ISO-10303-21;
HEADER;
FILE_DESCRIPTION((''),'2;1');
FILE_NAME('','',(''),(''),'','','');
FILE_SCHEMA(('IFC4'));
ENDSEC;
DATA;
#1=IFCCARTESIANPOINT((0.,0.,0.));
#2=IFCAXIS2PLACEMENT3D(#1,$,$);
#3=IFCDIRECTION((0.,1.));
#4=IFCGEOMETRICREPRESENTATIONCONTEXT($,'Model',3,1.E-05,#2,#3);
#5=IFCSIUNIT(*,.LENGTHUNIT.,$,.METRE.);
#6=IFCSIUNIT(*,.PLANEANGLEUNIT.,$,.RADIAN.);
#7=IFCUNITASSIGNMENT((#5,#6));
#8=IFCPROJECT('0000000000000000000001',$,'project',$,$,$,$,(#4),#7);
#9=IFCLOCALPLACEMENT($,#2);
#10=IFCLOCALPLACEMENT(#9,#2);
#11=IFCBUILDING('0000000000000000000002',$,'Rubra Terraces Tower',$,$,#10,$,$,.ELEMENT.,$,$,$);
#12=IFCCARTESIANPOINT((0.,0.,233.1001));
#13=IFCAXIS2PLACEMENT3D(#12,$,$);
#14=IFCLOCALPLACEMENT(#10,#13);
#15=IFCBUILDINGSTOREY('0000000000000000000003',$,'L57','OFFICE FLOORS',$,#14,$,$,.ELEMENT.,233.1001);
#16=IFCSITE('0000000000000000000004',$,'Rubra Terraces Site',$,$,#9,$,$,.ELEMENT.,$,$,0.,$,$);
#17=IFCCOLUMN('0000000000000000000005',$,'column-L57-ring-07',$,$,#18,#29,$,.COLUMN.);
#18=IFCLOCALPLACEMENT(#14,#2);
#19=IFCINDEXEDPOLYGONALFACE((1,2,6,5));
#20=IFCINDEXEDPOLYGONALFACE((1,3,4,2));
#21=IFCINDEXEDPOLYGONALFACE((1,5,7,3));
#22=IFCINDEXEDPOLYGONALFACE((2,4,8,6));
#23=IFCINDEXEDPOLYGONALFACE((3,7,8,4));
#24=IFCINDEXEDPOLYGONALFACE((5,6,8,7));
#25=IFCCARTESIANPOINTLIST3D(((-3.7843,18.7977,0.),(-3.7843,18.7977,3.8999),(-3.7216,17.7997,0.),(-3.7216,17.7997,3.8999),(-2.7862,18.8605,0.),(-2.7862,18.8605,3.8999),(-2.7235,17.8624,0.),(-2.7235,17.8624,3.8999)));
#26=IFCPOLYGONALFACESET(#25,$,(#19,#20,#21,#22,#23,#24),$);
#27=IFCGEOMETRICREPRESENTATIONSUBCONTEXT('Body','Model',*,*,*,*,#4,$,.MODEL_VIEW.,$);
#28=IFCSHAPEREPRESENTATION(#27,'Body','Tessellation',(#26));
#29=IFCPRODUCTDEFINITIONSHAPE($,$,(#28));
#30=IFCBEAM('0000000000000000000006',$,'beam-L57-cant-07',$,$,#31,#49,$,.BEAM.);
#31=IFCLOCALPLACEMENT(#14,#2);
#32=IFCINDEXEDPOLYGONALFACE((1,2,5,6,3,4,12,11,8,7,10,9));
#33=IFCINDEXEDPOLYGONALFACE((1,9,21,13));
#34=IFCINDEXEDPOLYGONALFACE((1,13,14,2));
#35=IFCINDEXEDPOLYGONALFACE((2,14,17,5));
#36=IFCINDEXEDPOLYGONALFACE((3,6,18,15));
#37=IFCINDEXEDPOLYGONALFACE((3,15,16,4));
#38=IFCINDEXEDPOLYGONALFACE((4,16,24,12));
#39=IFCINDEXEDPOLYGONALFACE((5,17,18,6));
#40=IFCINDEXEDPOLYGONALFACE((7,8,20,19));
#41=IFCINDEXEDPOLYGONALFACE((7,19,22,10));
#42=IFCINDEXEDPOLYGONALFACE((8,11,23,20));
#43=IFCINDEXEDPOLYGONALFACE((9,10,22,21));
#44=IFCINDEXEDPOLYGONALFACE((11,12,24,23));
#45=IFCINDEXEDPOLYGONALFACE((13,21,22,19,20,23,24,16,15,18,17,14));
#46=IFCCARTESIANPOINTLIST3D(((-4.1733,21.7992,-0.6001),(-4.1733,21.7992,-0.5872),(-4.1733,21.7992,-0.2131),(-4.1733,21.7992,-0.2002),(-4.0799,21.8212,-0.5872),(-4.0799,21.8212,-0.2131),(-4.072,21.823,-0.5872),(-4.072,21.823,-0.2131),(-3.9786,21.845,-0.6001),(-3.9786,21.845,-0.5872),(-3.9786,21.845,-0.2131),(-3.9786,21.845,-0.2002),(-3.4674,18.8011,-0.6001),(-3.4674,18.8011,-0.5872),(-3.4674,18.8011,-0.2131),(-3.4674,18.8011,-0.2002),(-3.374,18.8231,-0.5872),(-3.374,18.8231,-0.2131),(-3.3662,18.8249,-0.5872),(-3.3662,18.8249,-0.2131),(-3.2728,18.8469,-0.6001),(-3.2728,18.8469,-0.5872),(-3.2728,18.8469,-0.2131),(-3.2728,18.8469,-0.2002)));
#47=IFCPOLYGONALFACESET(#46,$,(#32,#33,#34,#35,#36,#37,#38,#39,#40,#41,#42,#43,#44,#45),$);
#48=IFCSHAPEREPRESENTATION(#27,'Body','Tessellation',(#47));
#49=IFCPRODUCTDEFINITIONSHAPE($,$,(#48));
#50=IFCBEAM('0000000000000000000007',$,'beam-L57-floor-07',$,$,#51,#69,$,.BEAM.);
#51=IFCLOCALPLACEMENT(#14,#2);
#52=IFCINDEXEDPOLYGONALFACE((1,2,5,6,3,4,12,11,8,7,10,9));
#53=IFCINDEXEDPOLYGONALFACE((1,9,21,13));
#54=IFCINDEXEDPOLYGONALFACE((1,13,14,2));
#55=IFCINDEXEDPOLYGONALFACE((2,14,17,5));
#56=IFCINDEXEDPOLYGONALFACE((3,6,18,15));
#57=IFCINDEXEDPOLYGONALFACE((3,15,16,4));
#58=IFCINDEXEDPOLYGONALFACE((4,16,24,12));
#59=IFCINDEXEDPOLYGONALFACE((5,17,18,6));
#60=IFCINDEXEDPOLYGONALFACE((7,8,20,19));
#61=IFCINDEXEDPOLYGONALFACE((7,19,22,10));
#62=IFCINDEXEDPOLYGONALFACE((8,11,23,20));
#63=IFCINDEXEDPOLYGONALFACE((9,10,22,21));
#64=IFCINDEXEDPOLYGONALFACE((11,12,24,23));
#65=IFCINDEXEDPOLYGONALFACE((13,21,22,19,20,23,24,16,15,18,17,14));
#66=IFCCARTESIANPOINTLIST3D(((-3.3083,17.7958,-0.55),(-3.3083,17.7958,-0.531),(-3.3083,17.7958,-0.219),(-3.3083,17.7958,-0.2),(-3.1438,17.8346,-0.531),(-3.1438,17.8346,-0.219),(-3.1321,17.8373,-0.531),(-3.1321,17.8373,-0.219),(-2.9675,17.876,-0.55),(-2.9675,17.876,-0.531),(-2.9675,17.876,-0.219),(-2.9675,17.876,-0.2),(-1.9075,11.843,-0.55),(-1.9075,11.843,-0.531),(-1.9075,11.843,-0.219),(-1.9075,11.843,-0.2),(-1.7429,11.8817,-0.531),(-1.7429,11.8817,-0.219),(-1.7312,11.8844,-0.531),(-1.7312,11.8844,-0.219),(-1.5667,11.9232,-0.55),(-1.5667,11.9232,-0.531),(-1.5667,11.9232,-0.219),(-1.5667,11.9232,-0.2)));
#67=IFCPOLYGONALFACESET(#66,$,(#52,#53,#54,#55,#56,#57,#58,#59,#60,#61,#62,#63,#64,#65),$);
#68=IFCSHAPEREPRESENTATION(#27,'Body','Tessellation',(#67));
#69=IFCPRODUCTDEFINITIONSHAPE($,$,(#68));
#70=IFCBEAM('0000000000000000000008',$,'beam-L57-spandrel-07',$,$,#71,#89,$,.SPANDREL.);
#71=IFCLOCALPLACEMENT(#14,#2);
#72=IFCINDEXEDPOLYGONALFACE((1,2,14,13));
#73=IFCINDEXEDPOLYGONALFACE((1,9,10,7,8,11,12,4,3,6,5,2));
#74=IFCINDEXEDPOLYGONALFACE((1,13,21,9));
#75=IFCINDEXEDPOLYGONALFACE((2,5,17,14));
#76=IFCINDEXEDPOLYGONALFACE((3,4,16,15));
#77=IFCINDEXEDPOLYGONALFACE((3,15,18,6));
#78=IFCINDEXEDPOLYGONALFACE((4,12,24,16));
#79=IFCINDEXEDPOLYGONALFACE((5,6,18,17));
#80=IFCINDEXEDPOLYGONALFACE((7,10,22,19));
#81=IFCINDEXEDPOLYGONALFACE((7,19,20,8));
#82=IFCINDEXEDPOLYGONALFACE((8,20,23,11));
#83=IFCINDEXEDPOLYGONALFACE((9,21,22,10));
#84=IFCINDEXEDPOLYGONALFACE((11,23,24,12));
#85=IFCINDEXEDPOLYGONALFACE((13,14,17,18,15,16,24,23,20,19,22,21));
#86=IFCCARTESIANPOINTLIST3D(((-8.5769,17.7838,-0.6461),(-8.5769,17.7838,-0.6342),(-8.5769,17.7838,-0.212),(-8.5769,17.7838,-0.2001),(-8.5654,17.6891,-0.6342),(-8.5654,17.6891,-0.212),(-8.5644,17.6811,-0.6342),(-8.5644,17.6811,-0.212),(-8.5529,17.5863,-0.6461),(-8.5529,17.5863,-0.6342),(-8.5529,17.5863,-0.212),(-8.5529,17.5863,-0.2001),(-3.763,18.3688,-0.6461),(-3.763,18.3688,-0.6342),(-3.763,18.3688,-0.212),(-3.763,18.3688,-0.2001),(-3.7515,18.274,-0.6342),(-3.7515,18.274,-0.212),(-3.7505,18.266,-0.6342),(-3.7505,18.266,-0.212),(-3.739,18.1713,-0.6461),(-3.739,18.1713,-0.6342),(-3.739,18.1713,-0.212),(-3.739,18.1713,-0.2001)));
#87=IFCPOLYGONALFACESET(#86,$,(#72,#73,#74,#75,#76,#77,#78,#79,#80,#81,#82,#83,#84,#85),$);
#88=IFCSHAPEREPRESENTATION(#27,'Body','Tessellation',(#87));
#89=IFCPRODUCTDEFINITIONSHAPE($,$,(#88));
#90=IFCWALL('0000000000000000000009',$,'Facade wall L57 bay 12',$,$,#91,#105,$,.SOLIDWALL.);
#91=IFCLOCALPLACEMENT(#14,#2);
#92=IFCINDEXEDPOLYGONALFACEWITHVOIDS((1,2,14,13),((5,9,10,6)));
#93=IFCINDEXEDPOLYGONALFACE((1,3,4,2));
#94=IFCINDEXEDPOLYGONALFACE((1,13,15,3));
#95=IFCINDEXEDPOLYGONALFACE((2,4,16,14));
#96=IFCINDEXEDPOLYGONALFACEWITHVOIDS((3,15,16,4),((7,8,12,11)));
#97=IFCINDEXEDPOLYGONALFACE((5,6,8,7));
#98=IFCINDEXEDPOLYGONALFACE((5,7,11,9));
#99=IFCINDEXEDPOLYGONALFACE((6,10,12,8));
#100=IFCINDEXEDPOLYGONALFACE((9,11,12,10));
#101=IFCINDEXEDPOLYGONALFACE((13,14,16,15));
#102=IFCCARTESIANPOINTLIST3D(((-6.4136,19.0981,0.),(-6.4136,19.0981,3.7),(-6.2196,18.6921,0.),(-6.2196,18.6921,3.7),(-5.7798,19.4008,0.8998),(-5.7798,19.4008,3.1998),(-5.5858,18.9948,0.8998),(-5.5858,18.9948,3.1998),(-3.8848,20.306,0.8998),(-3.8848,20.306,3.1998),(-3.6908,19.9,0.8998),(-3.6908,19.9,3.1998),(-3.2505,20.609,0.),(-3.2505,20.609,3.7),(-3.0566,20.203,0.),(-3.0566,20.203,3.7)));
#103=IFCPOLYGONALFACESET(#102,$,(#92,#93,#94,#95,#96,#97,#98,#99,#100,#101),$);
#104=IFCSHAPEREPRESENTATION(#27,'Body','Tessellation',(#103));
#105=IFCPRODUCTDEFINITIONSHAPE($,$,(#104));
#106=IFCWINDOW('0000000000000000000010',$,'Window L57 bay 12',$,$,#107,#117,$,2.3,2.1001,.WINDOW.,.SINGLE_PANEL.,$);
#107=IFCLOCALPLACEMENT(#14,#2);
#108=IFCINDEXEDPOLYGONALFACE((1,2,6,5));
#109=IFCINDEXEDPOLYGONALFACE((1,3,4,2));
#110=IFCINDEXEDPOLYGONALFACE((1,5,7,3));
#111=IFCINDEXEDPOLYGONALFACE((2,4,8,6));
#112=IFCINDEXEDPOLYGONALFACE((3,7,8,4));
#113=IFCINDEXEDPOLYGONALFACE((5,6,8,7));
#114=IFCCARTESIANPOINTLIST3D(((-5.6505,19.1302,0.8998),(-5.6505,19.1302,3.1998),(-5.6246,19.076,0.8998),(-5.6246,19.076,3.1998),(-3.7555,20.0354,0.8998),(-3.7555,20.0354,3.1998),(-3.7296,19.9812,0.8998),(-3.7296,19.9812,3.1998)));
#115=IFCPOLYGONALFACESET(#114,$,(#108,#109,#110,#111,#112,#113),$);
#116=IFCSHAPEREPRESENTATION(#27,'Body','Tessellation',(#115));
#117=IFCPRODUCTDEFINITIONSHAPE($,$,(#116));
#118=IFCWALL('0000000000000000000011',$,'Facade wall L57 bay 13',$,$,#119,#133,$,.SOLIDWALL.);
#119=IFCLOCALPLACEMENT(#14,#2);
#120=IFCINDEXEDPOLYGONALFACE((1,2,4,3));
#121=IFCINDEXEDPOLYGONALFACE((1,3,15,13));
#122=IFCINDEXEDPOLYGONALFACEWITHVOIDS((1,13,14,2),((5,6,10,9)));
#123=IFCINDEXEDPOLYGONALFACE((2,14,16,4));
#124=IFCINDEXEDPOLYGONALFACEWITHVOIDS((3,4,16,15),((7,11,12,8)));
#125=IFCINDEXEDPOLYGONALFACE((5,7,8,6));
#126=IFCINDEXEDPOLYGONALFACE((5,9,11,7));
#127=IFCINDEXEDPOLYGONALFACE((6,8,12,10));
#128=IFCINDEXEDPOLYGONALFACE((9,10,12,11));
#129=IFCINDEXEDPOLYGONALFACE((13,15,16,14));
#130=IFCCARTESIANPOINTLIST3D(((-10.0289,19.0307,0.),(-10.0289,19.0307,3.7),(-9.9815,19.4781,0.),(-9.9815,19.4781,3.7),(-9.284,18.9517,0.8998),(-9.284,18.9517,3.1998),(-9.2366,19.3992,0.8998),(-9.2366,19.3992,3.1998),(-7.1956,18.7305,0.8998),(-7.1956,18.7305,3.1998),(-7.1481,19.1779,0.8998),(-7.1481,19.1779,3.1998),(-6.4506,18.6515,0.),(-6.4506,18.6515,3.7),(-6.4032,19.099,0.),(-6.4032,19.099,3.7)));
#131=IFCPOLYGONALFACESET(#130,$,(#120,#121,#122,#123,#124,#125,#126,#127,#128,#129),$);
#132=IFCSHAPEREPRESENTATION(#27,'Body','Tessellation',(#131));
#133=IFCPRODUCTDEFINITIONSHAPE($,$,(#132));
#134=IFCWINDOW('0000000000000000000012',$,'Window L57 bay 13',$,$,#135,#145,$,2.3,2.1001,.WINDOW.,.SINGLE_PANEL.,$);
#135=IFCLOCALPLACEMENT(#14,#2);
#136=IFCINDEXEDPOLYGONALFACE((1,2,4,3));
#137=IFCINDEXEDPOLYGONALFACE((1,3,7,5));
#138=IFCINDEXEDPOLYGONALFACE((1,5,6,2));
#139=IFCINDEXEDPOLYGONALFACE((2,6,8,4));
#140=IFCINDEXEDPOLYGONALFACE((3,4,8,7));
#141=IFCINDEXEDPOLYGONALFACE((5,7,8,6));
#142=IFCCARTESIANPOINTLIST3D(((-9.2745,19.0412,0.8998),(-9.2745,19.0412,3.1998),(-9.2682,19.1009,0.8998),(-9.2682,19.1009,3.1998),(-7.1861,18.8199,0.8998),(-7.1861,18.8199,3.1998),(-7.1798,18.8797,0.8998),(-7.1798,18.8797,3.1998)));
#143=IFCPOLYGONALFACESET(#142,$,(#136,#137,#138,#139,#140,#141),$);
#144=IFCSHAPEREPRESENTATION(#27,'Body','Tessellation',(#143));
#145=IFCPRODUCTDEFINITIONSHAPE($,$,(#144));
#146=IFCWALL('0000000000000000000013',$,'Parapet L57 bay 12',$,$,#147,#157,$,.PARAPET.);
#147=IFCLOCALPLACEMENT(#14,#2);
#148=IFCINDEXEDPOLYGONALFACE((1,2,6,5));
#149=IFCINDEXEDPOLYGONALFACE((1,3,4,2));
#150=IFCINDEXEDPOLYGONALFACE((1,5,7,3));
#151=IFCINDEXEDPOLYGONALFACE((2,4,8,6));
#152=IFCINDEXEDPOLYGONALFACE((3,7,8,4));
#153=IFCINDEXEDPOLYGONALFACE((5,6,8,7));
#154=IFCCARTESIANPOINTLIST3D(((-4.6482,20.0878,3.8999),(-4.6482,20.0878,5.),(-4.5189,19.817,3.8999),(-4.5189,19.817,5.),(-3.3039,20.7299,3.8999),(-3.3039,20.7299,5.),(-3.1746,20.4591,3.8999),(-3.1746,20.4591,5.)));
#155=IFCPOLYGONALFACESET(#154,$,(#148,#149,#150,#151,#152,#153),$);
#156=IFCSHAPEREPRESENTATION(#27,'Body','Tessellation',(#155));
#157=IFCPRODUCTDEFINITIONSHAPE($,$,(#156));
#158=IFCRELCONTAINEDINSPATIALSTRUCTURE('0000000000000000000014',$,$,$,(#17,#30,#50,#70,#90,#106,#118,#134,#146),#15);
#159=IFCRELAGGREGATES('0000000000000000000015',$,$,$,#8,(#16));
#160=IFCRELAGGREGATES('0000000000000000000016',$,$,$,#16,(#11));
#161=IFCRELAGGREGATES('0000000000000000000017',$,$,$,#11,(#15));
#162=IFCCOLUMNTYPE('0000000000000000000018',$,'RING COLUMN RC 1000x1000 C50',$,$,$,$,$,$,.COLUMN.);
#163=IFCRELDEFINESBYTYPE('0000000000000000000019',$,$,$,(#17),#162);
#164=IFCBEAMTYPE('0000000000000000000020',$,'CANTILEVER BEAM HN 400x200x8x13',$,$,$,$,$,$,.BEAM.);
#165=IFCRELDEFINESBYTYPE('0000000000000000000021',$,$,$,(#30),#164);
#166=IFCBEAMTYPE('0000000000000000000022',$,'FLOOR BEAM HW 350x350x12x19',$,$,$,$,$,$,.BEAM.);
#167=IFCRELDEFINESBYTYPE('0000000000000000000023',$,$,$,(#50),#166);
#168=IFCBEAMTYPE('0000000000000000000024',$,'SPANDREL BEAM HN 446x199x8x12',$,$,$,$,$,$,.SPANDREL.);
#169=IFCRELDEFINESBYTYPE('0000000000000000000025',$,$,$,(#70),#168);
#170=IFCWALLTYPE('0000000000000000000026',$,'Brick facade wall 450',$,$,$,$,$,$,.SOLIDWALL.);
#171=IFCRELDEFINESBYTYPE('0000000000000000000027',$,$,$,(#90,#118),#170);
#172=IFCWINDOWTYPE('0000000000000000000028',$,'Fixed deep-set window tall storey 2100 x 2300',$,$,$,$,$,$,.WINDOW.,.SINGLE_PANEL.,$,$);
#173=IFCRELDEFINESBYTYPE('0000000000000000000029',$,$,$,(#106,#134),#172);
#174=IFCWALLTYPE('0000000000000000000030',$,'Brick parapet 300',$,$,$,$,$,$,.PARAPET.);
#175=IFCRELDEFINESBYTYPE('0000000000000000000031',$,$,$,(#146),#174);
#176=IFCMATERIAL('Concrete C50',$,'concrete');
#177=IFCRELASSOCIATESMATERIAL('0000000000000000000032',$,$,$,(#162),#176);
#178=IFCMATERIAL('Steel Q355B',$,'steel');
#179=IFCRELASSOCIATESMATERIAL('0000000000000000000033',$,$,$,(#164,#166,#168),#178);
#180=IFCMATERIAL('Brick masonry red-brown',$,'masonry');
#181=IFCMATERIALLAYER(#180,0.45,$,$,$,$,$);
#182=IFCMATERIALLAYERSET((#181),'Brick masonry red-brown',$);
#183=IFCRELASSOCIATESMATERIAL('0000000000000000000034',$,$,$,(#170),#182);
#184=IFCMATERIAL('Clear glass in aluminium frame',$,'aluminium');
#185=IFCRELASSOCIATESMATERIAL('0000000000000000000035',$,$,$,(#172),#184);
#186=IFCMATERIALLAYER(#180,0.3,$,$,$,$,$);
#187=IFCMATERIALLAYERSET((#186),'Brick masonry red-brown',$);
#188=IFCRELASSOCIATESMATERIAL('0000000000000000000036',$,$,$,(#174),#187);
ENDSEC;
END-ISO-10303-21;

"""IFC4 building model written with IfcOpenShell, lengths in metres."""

from ifc_helpers import new_model, si_unit, direction, frame, frame_2d, origin, origin_2d, place, context, subcontext, project, spatial, rectangle, i_section, extrude, material, layer, layer_set, material_profile, profile_set, type_object, element, fill, save


model = new_model("IFC4")

# Units and contexts
model_context = context("Model", 3, precision=1e-05, world=origin(), true_north=direction((0.0, 1.0)))
body_context = subcontext(model_context, "Body", "Model", "MODEL_VIEW")
ifc_project = project(units=[si_unit("LENGTHUNIT", "METRE"), si_unit("PLANEANGLEUNIT", "RADIAN")], contexts=[model_context])

# Site, building, storey
site_placement = place(None, origin())
site = spatial("IfcSite", under=ifc_project, at=site_placement, Name="Rubra Terraces Site", CompositionType="ELEMENT", RefElevation=0.0)
building_placement = place(site_placement, origin())
building = spatial("IfcBuilding", under=site, at=building_placement, Name="Rubra Terraces Tower", CompositionType="ELEMENT")
storey_placement = place(building_placement, frame((0.0, 0.0, 233.1001)))
storey = spatial("IfcBuildingStorey", under=building, at=storey_placement, Name="L57", Description="OFFICE FLOORS", CompositionType="ELEMENT", Elevation=233.1001)

# Column
ifc_material_1 = material(Name="Concrete C50", Category="concrete")
ifc_material_profile_1 = material_profile(ifc_material_1, rectangle(XDim=1.0, YDim=1.0, at=origin_2d()), Name="RC 1000x1000")
ifc_profile_set_1 = profile_set([ifc_material_profile_1], Name="Concrete C50")
column_type = type_object("IfcColumnType", Name="RING COLUMN RC 1000x1000 C50", PredefinedType="COLUMN", material=ifc_profile_set_1)
column_placement = place(storey_placement, frame((-3.2539, 18.3301, 0.0), z_axis=(0.0, 0.0, 1.0), x_axis=(-0.998032, -0.062714, 0.0)))
element("IfcColumn", 1, at=column_placement, inside=storey, type_object=column_type, Name="column-L57-ring-07", PredefinedType="COLUMN", context=body_context, shape_type="SweptSolid", body=[
    extrude(rectangle(XDim=1.0, YDim=1.0, at=origin_2d()), origin(), (0.0, 0.0, 1.0), 3.8999),
])

# Beams
ifc_material_2 = material(Name="Steel Q355B", Category="steel")
ifc_material_profile_2 = material_profile(ifc_material_2, i_section(OverallWidth=0.2, OverallDepth=0.3999, WebThickness=0.0081, FlangeThickness=0.0129, at=origin_2d()), Name="HN 400x200x8x13")
ifc_profile_set_2 = profile_set([ifc_material_profile_2], Name="Steel Q355B")
beam_type_1 = type_object("IfcBeamType", Name="CANTILEVER BEAM HN 400x200x8x13", PredefinedType="BEAM", material=ifc_profile_set_2)
beam_1_placement = place(storey_placement, frame((-3.3701, 18.824, -0.4001), z_axis=(-0.229159, 0.973389, 0.0), x_axis=(-0.973389, -0.229159, 0.0)))
element("IfcBeam", 2, at=beam_1_placement, inside=storey, type_object=beam_type_1, Name="beam-L57-cant-07", PredefinedType="BEAM", context=body_context, shape_type="SweptSolid", body=[
    extrude(i_section(OverallWidth=0.2, OverallDepth=0.3999, WebThickness=0.0081, FlangeThickness=0.0129, at=origin_2d()), origin(), (0.0, 0.0, 1.0), 3.0801),
])
ifc_material_profile_3 = material_profile(ifc_material_2, i_section(OverallWidth=0.3501, OverallDepth=0.3501, WebThickness=0.012, FlangeThickness=0.019, at=origin_2d()), Name="HW 350x350x12x19")
ifc_profile_set_3 = profile_set([ifc_material_profile_3], Name="Steel Q355B")
beam_type_2 = type_object("IfcBeamType", Name="FLOOR BEAM HW 350x350x12x19", PredefinedType="BEAM", material=ifc_profile_set_3)
beam_2_placement = place(storey_placement, frame((-3.1379, 17.8359, -0.375), z_axis=(0.22907, -0.97341, 0.0), x_axis=(0.97341, 0.22907, 0.0)))
element("IfcBeam", 3, at=beam_2_placement, inside=storey, type_object=beam_type_2, Name="beam-L57-floor-07", PredefinedType="BEAM", context=body_context, shape_type="SweptSolid", body=[
    extrude(i_section(OverallWidth=0.3501, OverallDepth=0.3501, WebThickness=0.012, FlangeThickness=0.019, at=origin_2d()), origin(), (0.0, 0.0, 1.0), 6.1155),
])
ifc_material_profile_4 = material_profile(ifc_material_2, i_section(OverallWidth=0.199, OverallDepth=0.446, WebThickness=0.0081, FlangeThickness=0.012, at=origin_2d()), Name="HN 446x199x8x12")
ifc_profile_set_4 = profile_set([ifc_material_profile_4], Name="Steel Q355B")
beam_type_3 = type_object("IfcBeamType", Name="SPANDREL BEAM HN 446x199x8x12", PredefinedType="SPANDREL", material=ifc_profile_set_4)
beam_3_placement = place(storey_placement, frame((-3.751, 18.27, -0.4231), z_axis=(-0.992698, -0.120626, 0.0), x_axis=(0.120626, -0.992698, 0.0)))
element("IfcBeam", 4, at=beam_3_placement, inside=storey, type_object=beam_type_3, Name="beam-L57-spandrel-07", PredefinedType="SPANDREL", context=body_context, shape_type="SweptSolid", body=[
    extrude(i_section(OverallWidth=0.199, OverallDepth=0.446, WebThickness=0.0081, FlangeThickness=0.012, at=origin_2d()), origin(), (0.0, 0.0, 1.0), 4.8494),
])

# Walls, openings, windows
ifc_material_3 = material(Name="Brick masonry red-brown", Category="masonry")
ifc_layer_1 = layer(ifc_material_3, 0.45)
ifc_layer_set_1 = layer_set([ifc_layer_1], Name="Brick masonry red-brown")
wall_type_1 = type_object("IfcWallType", Name="Brick facade wall 450", PredefinedType="SOLIDWALL", material=ifc_layer_set_1)
wall_1_placement = place(storey_placement, frame((-3.1536, 20.406, 0.0), z_axis=(0.0, 0.0, 1.0), x_axis=(-0.902333, -0.431039, 0.0)))
wall_1 = element("IfcWall", 5, at=wall_1_placement, inside=storey, type_object=wall_type_1, Name="Facade wall L57 bay 12", PredefinedType="SOLIDWALL", context=body_context, shape_type="SweptSolid", body=[
    extrude(rectangle(XDim=3.5054, YDim=0.45, at=frame_2d((1.7527, 0.0))), origin(), (0.0, 0.0, 1.0), 3.7),
])
opening_1_placement = place(wall_1_placement, frame((0.7029, 0.0, 0.8999)))
opening_1 = element("IfcOpeningElement", 6, at=opening_1_placement, cuts=wall_1, PredefinedType="OPENING", context=body_context, shape_type="SweptSolid", body=[
    extrude(rectangle(XDim=2.1001, YDim=2.3, at=frame_2d((1.05, 1.1499))), frame((0.0, 0.2349, 0.0), z_axis=(0.0, -1.0, 0.0), x_axis=(1.0, 0.0, 0.0)), (0.0, 0.0, 1.0), 0.47),
])
ifc_material_4 = material(Name="Clear glass in aluminium frame", Category="aluminium")
window_type = type_object("IfcWindowType", Name="Fixed deep-set window tall storey 2100 x 2300", PartitioningType="SINGLE_PANEL", PredefinedType="WINDOW", material=ifc_material_4)
window_1_placement = place(opening_1_placement, origin())
window_1 = element("IfcWindow", 7, at=window_1_placement, inside=storey, type_object=window_type, Name="Window L57 bay 12", OverallHeight=2.3, OverallWidth=2.1001, PartitioningType="SINGLE_PANEL", PredefinedType="WINDOW", context=body_context, shape_type="SweptSolid", body=[
    extrude(rectangle(XDim=2.1001, YDim=2.3, at=frame_2d((1.05, 1.1499))), frame((0.0, 0.135, 0.0), z_axis=(0.0, -1.0, 0.0), x_axis=(1.0, 0.0, 0.0)), (0.0, 0.0, 1.0), 0.0601),
])
fill(opening_1, window_1)
wall_2_placement = place(storey_placement, frame((-6.4268, 18.8752, 0.0), z_axis=(0.0, 0.0, 1.0), x_axis=(-0.994433, 0.105366, 0.0)))
wall_2 = element("IfcWall", 8, at=wall_2_placement, inside=storey, type_object=wall_type_1, Name="Facade wall L57 bay 13", PredefinedType="SOLIDWALL", context=body_context, shape_type="SweptSolid", body=[
    extrude(rectangle(XDim=3.5984, YDim=0.45, at=frame_2d((1.7993, 0.0))), origin(), (0.0, 0.0, 1.0), 3.7),
])
opening_2_placement = place(wall_2_placement, frame((0.7493, 0.0, 0.8999)))
opening_2 = element("IfcOpeningElement", 9, at=opening_2_placement, cuts=wall_2, PredefinedType="OPENING", context=body_context, shape_type="SweptSolid", body=[
    extrude(rectangle(XDim=2.1001, YDim=2.3, at=frame_2d((1.05, 1.1499))), frame((0.0, 0.2349, 0.0), z_axis=(0.0, -1.0, 0.0), x_axis=(1.0, 0.0, 0.0)), (0.0, 0.0, 1.0), 0.47),
])
window_2_placement = place(opening_2_placement, origin())
window_2 = element("IfcWindow", 10, at=window_2_placement, inside=storey, type_object=window_type, Name="Window L57 bay 13", OverallHeight=2.3, OverallWidth=2.1001, PartitioningType="SINGLE_PANEL", PredefinedType="WINDOW", context=body_context, shape_type="SweptSolid", body=[
    extrude(rectangle(XDim=2.1001, YDim=2.3, at=frame_2d((1.05, 1.1499))), frame((0.0, 0.135, 0.0), z_axis=(0.0, -1.0, 0.0), x_axis=(1.0, 0.0, 0.0)), (0.0, 0.0, 1.0), 0.0601),
])
fill(opening_2, window_2)

# Wall
ifc_layer_2 = layer(ifc_material_3, 0.3)
ifc_layer_set_2 = layer_set([ifc_layer_2], Name="Brick masonry red-brown")
wall_type_2 = type_object("IfcWallType", Name="Brick parapet 300", PredefinedType="PARAPET", material=ifc_layer_set_2)
wall_3_placement = place(storey_placement, frame((-3.2393, 20.5945, 3.8999), z_axis=(0.0, 0.0, 1.0), x_axis=(-0.902345, -0.431015, 0.0)))
element("IfcWall", 11, at=wall_3_placement, inside=storey, type_object=wall_type_2, Name="Parapet L57 bay 12", PredefinedType="PARAPET", context=body_context, shape_type="SweptSolid", body=[
    extrude(rectangle(XDim=1.4897, YDim=0.3, at=frame_2d((0.7449, 0.0))), origin(), (0.0, 0.0, 1.0), 1.1001),
])

save(model, "model.ifc")
